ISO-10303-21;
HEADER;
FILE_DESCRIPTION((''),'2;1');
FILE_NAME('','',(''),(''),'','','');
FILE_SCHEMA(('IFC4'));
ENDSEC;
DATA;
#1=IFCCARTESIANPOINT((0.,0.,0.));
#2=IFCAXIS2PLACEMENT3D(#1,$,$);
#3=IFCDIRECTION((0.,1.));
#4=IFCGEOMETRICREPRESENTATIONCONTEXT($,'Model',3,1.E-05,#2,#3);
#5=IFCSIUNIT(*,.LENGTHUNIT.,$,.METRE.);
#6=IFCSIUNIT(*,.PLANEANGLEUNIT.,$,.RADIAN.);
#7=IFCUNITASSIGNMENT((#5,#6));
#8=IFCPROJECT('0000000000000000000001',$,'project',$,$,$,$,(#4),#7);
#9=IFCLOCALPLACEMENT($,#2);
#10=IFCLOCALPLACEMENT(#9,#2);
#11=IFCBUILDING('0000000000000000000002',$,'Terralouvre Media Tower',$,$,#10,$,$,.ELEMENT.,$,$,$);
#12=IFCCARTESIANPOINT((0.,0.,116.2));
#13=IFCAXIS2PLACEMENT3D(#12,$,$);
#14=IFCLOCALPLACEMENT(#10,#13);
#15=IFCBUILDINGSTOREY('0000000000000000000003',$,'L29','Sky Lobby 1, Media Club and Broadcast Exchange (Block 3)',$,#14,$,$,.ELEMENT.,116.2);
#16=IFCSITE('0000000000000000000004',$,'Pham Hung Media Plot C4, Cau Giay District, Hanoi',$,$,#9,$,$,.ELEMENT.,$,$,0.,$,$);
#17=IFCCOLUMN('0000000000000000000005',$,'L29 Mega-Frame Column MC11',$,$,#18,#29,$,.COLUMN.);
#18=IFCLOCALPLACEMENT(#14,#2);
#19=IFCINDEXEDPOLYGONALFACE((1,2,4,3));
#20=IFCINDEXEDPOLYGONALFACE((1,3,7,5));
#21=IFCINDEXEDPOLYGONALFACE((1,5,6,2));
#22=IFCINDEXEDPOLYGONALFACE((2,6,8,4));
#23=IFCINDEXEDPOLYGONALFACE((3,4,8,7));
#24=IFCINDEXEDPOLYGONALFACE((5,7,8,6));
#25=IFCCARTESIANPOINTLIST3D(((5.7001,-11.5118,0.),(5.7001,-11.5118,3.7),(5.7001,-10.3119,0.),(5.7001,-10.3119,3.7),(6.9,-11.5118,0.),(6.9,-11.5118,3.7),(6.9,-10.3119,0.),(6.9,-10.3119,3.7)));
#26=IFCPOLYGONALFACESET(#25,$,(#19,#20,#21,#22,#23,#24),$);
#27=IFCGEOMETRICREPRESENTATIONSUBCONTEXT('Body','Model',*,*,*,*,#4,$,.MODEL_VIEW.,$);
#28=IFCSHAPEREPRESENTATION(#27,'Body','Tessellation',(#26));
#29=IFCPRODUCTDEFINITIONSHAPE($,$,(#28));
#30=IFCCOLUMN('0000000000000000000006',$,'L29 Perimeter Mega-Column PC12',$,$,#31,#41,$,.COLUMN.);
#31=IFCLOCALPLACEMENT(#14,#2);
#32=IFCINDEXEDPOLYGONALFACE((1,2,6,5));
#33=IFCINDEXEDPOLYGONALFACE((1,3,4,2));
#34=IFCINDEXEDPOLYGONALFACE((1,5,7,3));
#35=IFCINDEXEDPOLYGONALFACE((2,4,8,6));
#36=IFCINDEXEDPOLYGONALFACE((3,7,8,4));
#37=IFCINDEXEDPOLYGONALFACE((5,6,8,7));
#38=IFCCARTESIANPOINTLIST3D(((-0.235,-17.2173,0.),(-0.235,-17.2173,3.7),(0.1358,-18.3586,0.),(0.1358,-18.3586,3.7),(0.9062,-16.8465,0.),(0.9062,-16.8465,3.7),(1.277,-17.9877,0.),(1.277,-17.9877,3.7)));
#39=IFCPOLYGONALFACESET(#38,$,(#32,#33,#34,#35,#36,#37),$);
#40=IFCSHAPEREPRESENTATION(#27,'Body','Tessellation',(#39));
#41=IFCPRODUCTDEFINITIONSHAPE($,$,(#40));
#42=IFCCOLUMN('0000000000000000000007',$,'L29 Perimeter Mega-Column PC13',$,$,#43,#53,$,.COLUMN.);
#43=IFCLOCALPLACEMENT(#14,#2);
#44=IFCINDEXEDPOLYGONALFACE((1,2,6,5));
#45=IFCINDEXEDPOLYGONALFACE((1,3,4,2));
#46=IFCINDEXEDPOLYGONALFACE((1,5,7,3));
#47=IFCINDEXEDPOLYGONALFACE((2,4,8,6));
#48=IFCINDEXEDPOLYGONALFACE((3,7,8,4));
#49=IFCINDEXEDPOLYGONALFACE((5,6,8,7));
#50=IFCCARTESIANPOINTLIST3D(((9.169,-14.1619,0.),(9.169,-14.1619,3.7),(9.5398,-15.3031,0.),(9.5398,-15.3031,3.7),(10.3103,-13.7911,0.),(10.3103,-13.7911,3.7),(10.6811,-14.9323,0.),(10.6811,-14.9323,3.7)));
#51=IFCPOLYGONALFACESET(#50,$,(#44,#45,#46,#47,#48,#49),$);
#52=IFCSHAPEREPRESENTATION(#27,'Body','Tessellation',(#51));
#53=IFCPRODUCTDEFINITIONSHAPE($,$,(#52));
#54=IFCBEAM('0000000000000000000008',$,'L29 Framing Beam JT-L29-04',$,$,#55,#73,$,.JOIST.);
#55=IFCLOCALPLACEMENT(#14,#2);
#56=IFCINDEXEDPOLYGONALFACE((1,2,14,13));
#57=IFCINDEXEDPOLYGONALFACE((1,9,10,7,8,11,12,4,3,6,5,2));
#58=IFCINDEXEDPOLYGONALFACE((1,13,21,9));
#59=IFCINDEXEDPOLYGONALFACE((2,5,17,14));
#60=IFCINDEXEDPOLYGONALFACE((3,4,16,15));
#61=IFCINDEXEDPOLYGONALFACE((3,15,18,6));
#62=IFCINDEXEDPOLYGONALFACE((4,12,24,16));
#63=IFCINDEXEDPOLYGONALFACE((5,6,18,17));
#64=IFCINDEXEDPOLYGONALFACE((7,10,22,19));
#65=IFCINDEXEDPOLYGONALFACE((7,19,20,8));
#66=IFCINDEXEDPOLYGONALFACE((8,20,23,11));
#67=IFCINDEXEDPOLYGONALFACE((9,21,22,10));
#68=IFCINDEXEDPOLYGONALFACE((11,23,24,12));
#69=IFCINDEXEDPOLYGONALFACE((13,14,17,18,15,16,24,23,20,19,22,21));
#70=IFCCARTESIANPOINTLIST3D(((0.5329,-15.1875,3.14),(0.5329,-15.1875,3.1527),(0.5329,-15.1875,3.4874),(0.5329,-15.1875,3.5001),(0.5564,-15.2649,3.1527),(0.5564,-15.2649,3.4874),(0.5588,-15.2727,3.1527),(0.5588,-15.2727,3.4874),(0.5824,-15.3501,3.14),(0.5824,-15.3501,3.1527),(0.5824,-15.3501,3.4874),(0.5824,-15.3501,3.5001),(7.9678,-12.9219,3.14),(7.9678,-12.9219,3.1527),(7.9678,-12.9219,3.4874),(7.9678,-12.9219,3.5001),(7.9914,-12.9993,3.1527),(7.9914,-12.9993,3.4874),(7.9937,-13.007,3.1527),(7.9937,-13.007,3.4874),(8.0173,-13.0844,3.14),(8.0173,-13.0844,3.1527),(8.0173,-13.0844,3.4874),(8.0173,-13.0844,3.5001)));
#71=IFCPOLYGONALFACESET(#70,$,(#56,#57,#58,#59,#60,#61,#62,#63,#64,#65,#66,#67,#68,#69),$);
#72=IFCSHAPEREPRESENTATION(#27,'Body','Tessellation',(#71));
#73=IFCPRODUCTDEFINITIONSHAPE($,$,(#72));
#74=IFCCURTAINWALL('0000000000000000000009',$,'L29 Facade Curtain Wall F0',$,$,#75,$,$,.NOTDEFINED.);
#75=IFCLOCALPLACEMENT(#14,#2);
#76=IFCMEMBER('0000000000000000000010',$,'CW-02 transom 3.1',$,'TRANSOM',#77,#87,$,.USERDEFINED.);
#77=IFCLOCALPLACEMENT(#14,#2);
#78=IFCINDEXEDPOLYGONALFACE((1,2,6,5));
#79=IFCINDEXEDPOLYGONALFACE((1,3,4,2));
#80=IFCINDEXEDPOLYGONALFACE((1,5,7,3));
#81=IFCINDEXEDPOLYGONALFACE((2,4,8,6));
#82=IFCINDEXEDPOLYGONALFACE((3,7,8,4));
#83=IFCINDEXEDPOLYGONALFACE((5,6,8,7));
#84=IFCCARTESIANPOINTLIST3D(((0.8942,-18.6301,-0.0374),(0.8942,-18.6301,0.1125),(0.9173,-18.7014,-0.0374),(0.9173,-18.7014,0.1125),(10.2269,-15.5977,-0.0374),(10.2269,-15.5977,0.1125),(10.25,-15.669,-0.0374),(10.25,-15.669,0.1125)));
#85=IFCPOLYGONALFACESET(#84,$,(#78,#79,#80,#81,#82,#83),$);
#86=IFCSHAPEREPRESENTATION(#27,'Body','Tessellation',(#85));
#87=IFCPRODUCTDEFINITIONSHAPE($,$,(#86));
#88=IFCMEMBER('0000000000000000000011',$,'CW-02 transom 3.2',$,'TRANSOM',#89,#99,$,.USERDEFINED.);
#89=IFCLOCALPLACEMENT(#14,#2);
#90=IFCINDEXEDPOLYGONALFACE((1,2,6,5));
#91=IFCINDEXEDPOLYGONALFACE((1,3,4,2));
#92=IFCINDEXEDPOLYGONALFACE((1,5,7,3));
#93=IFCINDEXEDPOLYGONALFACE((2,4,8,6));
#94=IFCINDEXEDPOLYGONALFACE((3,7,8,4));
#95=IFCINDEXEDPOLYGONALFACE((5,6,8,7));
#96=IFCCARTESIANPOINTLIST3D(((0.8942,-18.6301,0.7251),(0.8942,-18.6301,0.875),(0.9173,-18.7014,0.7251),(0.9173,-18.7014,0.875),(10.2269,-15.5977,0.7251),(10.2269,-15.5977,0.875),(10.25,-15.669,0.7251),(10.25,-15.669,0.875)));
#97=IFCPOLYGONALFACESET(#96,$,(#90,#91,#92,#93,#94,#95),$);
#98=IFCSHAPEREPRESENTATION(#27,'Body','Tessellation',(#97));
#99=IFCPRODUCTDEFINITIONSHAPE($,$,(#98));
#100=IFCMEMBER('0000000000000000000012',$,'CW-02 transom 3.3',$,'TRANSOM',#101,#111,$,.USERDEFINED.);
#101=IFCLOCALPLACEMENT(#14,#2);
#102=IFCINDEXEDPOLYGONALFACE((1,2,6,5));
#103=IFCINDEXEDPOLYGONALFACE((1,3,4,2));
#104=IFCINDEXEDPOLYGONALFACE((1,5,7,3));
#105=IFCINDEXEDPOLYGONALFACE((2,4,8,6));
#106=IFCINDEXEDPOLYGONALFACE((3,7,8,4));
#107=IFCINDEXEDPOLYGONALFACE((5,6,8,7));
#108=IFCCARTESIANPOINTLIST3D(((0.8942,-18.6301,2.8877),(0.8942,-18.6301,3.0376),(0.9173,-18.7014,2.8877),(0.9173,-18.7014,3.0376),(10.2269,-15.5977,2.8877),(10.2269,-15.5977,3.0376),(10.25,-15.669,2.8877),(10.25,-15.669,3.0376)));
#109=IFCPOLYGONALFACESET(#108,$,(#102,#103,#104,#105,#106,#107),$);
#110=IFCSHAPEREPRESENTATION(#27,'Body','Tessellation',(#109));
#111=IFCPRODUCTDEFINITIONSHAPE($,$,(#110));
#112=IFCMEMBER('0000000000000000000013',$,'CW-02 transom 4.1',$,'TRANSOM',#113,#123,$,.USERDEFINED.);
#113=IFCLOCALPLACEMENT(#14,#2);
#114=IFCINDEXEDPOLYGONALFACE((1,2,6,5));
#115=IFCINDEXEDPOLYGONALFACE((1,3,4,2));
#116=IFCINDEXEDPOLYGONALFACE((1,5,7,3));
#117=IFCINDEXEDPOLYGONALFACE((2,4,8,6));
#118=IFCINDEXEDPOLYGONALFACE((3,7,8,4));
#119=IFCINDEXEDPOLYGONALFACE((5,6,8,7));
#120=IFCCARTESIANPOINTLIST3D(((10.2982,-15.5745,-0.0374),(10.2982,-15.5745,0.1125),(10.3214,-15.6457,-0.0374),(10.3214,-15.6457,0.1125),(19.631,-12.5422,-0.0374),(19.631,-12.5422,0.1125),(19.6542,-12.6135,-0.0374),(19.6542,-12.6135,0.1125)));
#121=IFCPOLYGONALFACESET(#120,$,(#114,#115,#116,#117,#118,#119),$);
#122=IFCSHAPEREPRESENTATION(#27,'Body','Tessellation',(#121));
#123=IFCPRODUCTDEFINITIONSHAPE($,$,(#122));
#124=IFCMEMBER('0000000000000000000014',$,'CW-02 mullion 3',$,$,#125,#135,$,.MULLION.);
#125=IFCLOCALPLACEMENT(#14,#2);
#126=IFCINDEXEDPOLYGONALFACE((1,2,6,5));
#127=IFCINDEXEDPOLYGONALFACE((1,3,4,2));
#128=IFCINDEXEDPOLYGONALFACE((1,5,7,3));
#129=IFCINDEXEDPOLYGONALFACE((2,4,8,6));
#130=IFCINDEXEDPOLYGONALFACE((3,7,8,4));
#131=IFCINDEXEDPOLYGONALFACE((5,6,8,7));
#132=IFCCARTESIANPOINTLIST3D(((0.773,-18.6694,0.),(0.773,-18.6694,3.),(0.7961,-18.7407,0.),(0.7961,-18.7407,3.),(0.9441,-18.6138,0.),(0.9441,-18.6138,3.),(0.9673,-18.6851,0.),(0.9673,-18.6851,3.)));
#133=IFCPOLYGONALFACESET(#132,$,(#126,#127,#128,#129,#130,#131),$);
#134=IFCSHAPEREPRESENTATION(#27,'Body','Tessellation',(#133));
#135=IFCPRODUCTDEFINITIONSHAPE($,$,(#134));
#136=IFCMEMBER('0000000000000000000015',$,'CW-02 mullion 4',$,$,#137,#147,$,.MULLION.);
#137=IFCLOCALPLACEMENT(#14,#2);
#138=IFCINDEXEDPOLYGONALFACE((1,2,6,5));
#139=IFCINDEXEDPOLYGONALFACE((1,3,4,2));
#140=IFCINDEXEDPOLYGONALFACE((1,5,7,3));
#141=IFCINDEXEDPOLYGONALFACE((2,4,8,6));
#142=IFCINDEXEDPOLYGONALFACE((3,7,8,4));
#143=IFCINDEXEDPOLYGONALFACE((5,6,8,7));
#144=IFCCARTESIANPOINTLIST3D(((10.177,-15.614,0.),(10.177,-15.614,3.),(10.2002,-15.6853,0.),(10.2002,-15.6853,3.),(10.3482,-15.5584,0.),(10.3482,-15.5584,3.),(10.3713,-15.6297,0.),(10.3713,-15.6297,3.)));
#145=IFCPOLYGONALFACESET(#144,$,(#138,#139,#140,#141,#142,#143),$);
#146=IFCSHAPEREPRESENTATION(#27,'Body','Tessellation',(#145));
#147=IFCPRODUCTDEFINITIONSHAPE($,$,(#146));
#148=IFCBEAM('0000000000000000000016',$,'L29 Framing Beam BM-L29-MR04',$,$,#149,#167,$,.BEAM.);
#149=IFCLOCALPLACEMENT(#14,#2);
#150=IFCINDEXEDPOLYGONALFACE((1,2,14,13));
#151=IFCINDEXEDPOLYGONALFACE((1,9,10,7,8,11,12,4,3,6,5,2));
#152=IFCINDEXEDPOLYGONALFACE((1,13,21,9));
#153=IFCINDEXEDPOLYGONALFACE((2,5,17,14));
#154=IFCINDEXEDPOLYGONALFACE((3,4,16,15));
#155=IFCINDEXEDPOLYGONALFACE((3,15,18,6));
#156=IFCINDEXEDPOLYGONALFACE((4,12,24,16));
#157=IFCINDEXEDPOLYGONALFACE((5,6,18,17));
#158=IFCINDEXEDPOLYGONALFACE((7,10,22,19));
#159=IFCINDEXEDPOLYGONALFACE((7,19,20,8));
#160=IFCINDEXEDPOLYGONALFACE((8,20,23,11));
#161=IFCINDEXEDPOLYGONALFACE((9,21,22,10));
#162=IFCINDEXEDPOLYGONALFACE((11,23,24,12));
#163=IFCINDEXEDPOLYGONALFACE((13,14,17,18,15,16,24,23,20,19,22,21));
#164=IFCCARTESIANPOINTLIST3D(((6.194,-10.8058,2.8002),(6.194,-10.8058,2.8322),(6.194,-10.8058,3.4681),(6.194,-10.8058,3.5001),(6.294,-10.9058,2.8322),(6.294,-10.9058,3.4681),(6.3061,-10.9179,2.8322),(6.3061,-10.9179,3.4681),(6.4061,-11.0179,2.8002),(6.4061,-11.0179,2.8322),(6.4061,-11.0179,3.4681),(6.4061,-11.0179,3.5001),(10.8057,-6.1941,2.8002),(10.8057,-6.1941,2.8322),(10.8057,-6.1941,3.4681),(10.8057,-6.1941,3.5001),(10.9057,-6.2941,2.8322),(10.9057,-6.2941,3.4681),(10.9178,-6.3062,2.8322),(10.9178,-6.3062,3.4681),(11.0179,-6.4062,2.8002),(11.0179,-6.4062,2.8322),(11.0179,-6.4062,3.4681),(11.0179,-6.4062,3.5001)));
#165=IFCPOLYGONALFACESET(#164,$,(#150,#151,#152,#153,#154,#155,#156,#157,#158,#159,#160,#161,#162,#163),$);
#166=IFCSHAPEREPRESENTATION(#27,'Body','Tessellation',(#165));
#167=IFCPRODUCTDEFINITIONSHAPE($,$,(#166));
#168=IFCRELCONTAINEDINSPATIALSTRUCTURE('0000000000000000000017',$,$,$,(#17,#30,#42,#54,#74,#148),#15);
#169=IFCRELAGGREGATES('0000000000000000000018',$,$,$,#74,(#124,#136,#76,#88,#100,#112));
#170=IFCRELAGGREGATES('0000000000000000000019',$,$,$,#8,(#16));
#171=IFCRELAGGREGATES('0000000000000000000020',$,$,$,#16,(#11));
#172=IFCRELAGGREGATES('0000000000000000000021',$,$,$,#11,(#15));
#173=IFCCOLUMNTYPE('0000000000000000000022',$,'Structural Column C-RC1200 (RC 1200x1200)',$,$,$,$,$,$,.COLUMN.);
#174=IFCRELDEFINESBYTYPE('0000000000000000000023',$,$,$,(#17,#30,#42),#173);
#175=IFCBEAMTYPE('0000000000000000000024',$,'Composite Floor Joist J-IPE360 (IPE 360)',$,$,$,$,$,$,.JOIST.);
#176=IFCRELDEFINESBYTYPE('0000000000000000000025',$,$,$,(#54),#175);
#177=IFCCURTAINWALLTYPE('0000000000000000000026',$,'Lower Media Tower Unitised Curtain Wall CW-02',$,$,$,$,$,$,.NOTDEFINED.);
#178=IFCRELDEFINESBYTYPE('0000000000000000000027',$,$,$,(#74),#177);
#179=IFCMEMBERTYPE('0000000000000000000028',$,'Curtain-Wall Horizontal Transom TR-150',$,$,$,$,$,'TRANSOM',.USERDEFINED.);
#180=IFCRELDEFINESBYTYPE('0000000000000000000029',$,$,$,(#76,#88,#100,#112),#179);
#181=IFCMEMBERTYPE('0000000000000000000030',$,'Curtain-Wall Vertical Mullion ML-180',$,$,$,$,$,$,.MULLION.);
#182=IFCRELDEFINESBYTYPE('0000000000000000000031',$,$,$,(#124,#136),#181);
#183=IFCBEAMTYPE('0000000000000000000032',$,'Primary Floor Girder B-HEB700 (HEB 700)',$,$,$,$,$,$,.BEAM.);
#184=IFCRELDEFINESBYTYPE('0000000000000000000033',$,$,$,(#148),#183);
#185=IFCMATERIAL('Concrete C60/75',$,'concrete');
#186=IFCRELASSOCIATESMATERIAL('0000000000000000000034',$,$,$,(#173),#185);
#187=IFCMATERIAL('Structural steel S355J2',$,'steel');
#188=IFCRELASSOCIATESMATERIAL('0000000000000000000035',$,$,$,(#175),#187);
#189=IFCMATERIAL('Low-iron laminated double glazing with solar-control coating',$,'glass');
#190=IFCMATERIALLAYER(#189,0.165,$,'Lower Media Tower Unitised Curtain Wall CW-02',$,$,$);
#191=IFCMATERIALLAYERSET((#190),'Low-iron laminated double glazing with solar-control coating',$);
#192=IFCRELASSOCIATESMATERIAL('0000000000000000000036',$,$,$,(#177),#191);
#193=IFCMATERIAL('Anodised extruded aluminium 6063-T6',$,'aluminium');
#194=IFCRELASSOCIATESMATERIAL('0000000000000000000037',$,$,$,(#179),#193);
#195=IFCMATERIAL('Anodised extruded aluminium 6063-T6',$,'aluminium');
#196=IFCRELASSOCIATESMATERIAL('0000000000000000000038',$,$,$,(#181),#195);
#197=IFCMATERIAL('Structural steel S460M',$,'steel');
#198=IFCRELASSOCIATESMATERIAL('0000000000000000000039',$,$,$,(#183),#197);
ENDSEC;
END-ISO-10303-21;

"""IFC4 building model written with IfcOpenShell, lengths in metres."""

from ifc_helpers import new_model, si_unit, direction, frame, origin, origin_2d, place, context, subcontext, project, spatial, rectangle, i_section, extrude, material, layer, layer_set, material_profile, profile_set, type_object, element, aggregate, save


model = new_model("IFC4")

# Units and contexts
model_context = context("Model", 3, precision=1e-05, world=origin(), true_north=direction((0.0, 1.0)))
body_context = subcontext(model_context, "Body", "Model", "MODEL_VIEW")
ifc_project = project(units=[si_unit("LENGTHUNIT", "METRE"), si_unit("PLANEANGLEUNIT", "RADIAN")], contexts=[model_context])

# Site, building, storey
site_placement = place(None, origin())
site = spatial("IfcSite", under=ifc_project, at=site_placement, Name="Pham Hung Media Plot C4, Cau Giay District, Hanoi", CompositionType="ELEMENT", RefElevation=0.0)
building_placement = place(site_placement, origin())
building = spatial("IfcBuilding", under=site, at=building_placement, Name="Terralouvre Media Tower", CompositionType="ELEMENT")
storey_placement = place(building_placement, frame((0.0, 0.0, 116.2)))
storey = spatial("IfcBuildingStorey", under=building, at=storey_placement, Name="L29", Description="Sky Lobby 1, Media Club and Broadcast Exchange (Block 3)", CompositionType="ELEMENT", Elevation=116.2)

# Columns
ifc_material_1 = material(Name="Concrete C60/75", Category="concrete")
ifc_material_profile_1 = material_profile(ifc_material_1, rectangle(XDim=1.2, YDim=1.2, at=origin_2d()), Name="RC 1200x1200")
ifc_profile_set_1 = profile_set([ifc_material_profile_1], Name="Concrete C60/75")
column_type = type_object("IfcColumnType", Name="Structural Column C-RC1200 (RC 1200x1200)", PredefinedType="COLUMN", material=ifc_profile_set_1)
for number, where, z_axis, x_axis, name in (
    (1, (6.3, -10.9119, 0.0), (0.0, 0.0, 1.0), (1.0, 0.0, 0.0), "L29 Mega-Frame Column MC11"),
    (2, (0.521, -17.6025, 0.0), (0.0, 0.0, 1.0), (0.951057, 0.309017, 0.0), "L29 Perimeter Mega-Column PC12"),
    (3, (9.925, -14.5471, 0.0), (0.0, 0.0, 1.0), (0.951057, 0.309017, 0.0), "L29 Perimeter Mega-Column PC13"),
):
    element("IfcColumn", number, at=place(storey_placement, frame(where, z_axis=z_axis, x_axis=x_axis)), inside=storey, type_object=column_type, Name=name, PredefinedType="COLUMN", context=body_context, shape_type="SweptSolid", body=[
        extrude(rectangle(XDim=1.2, YDim=1.2, at=origin_2d()), origin(), (0.0, 0.0, 1.0), 3.7),
    ])

# Beam
ifc_material_2 = material(Name="Structural steel S355J2", Category="steel")
ifc_material_profile_2 = material_profile(ifc_material_2, i_section(OverallWidth=0.1699, OverallDepth=0.3601, WebThickness=0.0081, FlangeThickness=0.0127, at=origin_2d()), Name="IPE 360")
ifc_profile_set_2 = profile_set([ifc_material_profile_2], Name="Structural steel S355J2")
beam_type_1 = type_object("IfcBeamType", Name="Composite Floor Joist J-IPE360 (IPE 360)", PredefinedType="JOIST", material=ifc_profile_set_2)
beam_1_placement = place(storey_placement, frame((0.5576, -15.2688, 3.3201), z_axis=(0.956571, 0.291498, 0.0), x_axis=(-0.291498, 0.956571, 0.0)))
element("IfcBeam", 4, at=beam_1_placement, inside=storey, type_object=beam_type_1, Name="L29 Framing Beam JT-L29-04", PredefinedType="JOIST", context=body_context, shape_type="SweptSolid", body=[
    extrude(i_section(OverallWidth=0.1699, OverallDepth=0.3601, WebThickness=0.0081, FlangeThickness=0.0127, at=origin_2d()), origin(), (0.0, 0.0, 1.0), 7.7725),
])

# Curtain wall, members
ifc_material_3 = material(Name="Low-iron laminated double glazing with solar-control coating", Category="glass")
ifc_layer_1 = layer(ifc_material_3, 0.165, Name="Lower Media Tower Unitised Curtain Wall CW-02")
ifc_layer_set_1 = layer_set([ifc_layer_1], Name="Low-iron laminated double glazing with solar-control coating")
curtain_wall_type = type_object("IfcCurtainWallType", Name="Lower Media Tower Unitised Curtain Wall CW-02", PredefinedType="NOTDEFINED", material=ifc_layer_set_1)
curtain_wall_placement = place(storey_placement, origin())
curtain_wall = element("IfcCurtainWall", 5, at=curtain_wall_placement, inside=storey, type_object=curtain_wall_type, Name="L29 Facade Curtain Wall F0", PredefinedType="NOTDEFINED")
ifc_material_4 = material(Name="Anodised extruded aluminium 6063-T6", Category="aluminium")
ifc_material_profile_3 = material_profile(ifc_material_4, rectangle(XDim=0.075, YDim=0.1499, at=origin_2d()), Name="ALU 75x150")
ifc_profile_set_3 = profile_set([ifc_material_profile_3], Name="Anodised extruded aluminium 6063-T6")
member_type_1 = type_object("IfcMemberType", Name="Curtain-Wall Horizontal Transom TR-150", ElementType="TRANSOM", PredefinedType="USERDEFINED", material=ifc_profile_set_3)
member_1_placement = place(storey_placement, frame((0.9058, -18.6658, 0.0376), z_axis=(0.951054, 0.309024, 0.0), x_axis=(-0.309024, 0.951054, 0.0)))
member_1 = element("IfcMember", 6, at=member_1_placement, type_object=member_type_1, Name="CW-02 transom 3.1", ObjectType="TRANSOM", PredefinedType="USERDEFINED", context=body_context, shape_type="SweptSolid", body=[
    extrude(rectangle(XDim=0.075, YDim=0.1499, at=origin_2d()), origin(), (0.0, 0.0, 1.0), 9.813),
])
member_2_placement = place(storey_placement, frame((0.9058, -18.6658, 0.8), z_axis=(0.951054, 0.309024, 0.0), x_axis=(-0.309024, 0.951054, 0.0)))
member_2 = element("IfcMember", 7, at=member_2_placement, type_object=member_type_1, Name="CW-02 transom 3.2", ObjectType="TRANSOM", PredefinedType="USERDEFINED", context=body_context, shape_type="SweptSolid", body=[
    extrude(rectangle(XDim=0.075, YDim=0.1499, at=origin_2d()), origin(), (0.0, 0.0, 1.0), 9.813),
])
member_3_placement = place(storey_placement, frame((0.9058, -18.6658, 2.9626), z_axis=(0.951054, 0.309024, 0.0), x_axis=(-0.309024, 0.951054, 0.0)))
member_3 = element("IfcMember", 8, at=member_3_placement, type_object=member_type_1, Name="CW-02 transom 3.3", ObjectType="TRANSOM", PredefinedType="USERDEFINED", context=body_context, shape_type="SweptSolid", body=[
    extrude(rectangle(XDim=0.075, YDim=0.1499, at=origin_2d()), origin(), (0.0, 0.0, 1.0), 9.813),
])
member_4_placement = place(storey_placement, frame((10.3098, -15.6101, 0.0376), z_axis=(0.951062, 0.309001, 0.0), x_axis=(-0.309001, 0.951062, 0.0)))
member_4 = element("IfcMember", 9, at=member_4_placement, type_object=member_type_1, Name="CW-02 transom 4.1", ObjectType="TRANSOM", PredefinedType="USERDEFINED", context=body_context, shape_type="SweptSolid", body=[
    extrude(rectangle(XDim=0.075, YDim=0.1499, at=origin_2d()), origin(), (0.0, 0.0, 1.0), 9.813),
])
ifc_material_5 = material(Name="Anodised extruded aluminium 6063-T6", Category="aluminium")
ifc_material_profile_4 = material_profile(ifc_material_5, rectangle(XDim=0.075, YDim=0.1799, at=origin_2d()), Name="ALU 75x180")
ifc_profile_set_4 = profile_set([ifc_material_profile_4], Name="Anodised extruded aluminium 6063-T6")
member_type_2 = type_object("IfcMemberType", Name="Curtain-Wall Vertical Mullion ML-180", PredefinedType="MULLION", material=ifc_profile_set_4)
member_5_placement = place(storey_placement, frame((0.8701, -18.6772, 0.0), z_axis=(0.0, 0.0, 1.0), x_axis=(-0.309017, 0.951057, 0.0)))
member_5 = element("IfcMember", 10, at=member_5_placement, type_object=member_type_2, Name="CW-02 mullion 3", PredefinedType="MULLION", context=body_context, shape_type="SweptSolid", body=[
    extrude(rectangle(XDim=0.075, YDim=0.1799, at=origin_2d()), origin(), (0.0, 0.0, 1.0), 3.0),
])
member_6_placement = place(storey_placement, frame((10.2742, -15.6218, 0.0), z_axis=(0.0, 0.0, 1.0), x_axis=(-0.309017, 0.951057, 0.0)))
member_6 = element("IfcMember", 11, at=member_6_placement, type_object=member_type_2, Name="CW-02 mullion 4", PredefinedType="MULLION", context=body_context, shape_type="SweptSolid", body=[
    extrude(rectangle(XDim=0.075, YDim=0.1799, at=origin_2d()), origin(), (0.0, 0.0, 1.0), 3.0),
])

# Beam
ifc_material_6 = material(Name="Structural steel S460M", Category="steel")
ifc_material_profile_5 = material_profile(ifc_material_6, i_section(OverallWidth=0.3, OverallDepth=0.7, WebThickness=0.0171, FlangeThickness=0.032, at=origin_2d()), Name="HEB 700")
ifc_profile_set_5 = profile_set([ifc_material_profile_5], Name="Structural steel S460M")
beam_type_2 = type_object("IfcBeamType", Name="Primary Floor Girder B-HEB700 (HEB 700)", PredefinedType="BEAM", material=ifc_profile_set_5)
beam_2_placement = place(storey_placement, frame((6.3, -10.9119, 3.1501), z_axis=(0.707107, 0.707107, 0.0), x_axis=(-0.707107, 0.707107, 0.0)))
element("IfcBeam", 12, at=beam_2_placement, inside=storey, type_object=beam_type_2, Name="L29 Framing Beam BM-L29-MR04", PredefinedType="BEAM", context=body_context, shape_type="SweptSolid", body=[
    extrude(i_section(OverallWidth=0.3, OverallDepth=0.7, WebThickness=0.0171, FlangeThickness=0.032, at=origin_2d()), origin(), (0.0, 0.0, 1.0), 6.522),
])

aggregate(curtain_wall, [member_5, member_6, member_1, member_2, member_3, member_4])

save(model, "model.ifc")
